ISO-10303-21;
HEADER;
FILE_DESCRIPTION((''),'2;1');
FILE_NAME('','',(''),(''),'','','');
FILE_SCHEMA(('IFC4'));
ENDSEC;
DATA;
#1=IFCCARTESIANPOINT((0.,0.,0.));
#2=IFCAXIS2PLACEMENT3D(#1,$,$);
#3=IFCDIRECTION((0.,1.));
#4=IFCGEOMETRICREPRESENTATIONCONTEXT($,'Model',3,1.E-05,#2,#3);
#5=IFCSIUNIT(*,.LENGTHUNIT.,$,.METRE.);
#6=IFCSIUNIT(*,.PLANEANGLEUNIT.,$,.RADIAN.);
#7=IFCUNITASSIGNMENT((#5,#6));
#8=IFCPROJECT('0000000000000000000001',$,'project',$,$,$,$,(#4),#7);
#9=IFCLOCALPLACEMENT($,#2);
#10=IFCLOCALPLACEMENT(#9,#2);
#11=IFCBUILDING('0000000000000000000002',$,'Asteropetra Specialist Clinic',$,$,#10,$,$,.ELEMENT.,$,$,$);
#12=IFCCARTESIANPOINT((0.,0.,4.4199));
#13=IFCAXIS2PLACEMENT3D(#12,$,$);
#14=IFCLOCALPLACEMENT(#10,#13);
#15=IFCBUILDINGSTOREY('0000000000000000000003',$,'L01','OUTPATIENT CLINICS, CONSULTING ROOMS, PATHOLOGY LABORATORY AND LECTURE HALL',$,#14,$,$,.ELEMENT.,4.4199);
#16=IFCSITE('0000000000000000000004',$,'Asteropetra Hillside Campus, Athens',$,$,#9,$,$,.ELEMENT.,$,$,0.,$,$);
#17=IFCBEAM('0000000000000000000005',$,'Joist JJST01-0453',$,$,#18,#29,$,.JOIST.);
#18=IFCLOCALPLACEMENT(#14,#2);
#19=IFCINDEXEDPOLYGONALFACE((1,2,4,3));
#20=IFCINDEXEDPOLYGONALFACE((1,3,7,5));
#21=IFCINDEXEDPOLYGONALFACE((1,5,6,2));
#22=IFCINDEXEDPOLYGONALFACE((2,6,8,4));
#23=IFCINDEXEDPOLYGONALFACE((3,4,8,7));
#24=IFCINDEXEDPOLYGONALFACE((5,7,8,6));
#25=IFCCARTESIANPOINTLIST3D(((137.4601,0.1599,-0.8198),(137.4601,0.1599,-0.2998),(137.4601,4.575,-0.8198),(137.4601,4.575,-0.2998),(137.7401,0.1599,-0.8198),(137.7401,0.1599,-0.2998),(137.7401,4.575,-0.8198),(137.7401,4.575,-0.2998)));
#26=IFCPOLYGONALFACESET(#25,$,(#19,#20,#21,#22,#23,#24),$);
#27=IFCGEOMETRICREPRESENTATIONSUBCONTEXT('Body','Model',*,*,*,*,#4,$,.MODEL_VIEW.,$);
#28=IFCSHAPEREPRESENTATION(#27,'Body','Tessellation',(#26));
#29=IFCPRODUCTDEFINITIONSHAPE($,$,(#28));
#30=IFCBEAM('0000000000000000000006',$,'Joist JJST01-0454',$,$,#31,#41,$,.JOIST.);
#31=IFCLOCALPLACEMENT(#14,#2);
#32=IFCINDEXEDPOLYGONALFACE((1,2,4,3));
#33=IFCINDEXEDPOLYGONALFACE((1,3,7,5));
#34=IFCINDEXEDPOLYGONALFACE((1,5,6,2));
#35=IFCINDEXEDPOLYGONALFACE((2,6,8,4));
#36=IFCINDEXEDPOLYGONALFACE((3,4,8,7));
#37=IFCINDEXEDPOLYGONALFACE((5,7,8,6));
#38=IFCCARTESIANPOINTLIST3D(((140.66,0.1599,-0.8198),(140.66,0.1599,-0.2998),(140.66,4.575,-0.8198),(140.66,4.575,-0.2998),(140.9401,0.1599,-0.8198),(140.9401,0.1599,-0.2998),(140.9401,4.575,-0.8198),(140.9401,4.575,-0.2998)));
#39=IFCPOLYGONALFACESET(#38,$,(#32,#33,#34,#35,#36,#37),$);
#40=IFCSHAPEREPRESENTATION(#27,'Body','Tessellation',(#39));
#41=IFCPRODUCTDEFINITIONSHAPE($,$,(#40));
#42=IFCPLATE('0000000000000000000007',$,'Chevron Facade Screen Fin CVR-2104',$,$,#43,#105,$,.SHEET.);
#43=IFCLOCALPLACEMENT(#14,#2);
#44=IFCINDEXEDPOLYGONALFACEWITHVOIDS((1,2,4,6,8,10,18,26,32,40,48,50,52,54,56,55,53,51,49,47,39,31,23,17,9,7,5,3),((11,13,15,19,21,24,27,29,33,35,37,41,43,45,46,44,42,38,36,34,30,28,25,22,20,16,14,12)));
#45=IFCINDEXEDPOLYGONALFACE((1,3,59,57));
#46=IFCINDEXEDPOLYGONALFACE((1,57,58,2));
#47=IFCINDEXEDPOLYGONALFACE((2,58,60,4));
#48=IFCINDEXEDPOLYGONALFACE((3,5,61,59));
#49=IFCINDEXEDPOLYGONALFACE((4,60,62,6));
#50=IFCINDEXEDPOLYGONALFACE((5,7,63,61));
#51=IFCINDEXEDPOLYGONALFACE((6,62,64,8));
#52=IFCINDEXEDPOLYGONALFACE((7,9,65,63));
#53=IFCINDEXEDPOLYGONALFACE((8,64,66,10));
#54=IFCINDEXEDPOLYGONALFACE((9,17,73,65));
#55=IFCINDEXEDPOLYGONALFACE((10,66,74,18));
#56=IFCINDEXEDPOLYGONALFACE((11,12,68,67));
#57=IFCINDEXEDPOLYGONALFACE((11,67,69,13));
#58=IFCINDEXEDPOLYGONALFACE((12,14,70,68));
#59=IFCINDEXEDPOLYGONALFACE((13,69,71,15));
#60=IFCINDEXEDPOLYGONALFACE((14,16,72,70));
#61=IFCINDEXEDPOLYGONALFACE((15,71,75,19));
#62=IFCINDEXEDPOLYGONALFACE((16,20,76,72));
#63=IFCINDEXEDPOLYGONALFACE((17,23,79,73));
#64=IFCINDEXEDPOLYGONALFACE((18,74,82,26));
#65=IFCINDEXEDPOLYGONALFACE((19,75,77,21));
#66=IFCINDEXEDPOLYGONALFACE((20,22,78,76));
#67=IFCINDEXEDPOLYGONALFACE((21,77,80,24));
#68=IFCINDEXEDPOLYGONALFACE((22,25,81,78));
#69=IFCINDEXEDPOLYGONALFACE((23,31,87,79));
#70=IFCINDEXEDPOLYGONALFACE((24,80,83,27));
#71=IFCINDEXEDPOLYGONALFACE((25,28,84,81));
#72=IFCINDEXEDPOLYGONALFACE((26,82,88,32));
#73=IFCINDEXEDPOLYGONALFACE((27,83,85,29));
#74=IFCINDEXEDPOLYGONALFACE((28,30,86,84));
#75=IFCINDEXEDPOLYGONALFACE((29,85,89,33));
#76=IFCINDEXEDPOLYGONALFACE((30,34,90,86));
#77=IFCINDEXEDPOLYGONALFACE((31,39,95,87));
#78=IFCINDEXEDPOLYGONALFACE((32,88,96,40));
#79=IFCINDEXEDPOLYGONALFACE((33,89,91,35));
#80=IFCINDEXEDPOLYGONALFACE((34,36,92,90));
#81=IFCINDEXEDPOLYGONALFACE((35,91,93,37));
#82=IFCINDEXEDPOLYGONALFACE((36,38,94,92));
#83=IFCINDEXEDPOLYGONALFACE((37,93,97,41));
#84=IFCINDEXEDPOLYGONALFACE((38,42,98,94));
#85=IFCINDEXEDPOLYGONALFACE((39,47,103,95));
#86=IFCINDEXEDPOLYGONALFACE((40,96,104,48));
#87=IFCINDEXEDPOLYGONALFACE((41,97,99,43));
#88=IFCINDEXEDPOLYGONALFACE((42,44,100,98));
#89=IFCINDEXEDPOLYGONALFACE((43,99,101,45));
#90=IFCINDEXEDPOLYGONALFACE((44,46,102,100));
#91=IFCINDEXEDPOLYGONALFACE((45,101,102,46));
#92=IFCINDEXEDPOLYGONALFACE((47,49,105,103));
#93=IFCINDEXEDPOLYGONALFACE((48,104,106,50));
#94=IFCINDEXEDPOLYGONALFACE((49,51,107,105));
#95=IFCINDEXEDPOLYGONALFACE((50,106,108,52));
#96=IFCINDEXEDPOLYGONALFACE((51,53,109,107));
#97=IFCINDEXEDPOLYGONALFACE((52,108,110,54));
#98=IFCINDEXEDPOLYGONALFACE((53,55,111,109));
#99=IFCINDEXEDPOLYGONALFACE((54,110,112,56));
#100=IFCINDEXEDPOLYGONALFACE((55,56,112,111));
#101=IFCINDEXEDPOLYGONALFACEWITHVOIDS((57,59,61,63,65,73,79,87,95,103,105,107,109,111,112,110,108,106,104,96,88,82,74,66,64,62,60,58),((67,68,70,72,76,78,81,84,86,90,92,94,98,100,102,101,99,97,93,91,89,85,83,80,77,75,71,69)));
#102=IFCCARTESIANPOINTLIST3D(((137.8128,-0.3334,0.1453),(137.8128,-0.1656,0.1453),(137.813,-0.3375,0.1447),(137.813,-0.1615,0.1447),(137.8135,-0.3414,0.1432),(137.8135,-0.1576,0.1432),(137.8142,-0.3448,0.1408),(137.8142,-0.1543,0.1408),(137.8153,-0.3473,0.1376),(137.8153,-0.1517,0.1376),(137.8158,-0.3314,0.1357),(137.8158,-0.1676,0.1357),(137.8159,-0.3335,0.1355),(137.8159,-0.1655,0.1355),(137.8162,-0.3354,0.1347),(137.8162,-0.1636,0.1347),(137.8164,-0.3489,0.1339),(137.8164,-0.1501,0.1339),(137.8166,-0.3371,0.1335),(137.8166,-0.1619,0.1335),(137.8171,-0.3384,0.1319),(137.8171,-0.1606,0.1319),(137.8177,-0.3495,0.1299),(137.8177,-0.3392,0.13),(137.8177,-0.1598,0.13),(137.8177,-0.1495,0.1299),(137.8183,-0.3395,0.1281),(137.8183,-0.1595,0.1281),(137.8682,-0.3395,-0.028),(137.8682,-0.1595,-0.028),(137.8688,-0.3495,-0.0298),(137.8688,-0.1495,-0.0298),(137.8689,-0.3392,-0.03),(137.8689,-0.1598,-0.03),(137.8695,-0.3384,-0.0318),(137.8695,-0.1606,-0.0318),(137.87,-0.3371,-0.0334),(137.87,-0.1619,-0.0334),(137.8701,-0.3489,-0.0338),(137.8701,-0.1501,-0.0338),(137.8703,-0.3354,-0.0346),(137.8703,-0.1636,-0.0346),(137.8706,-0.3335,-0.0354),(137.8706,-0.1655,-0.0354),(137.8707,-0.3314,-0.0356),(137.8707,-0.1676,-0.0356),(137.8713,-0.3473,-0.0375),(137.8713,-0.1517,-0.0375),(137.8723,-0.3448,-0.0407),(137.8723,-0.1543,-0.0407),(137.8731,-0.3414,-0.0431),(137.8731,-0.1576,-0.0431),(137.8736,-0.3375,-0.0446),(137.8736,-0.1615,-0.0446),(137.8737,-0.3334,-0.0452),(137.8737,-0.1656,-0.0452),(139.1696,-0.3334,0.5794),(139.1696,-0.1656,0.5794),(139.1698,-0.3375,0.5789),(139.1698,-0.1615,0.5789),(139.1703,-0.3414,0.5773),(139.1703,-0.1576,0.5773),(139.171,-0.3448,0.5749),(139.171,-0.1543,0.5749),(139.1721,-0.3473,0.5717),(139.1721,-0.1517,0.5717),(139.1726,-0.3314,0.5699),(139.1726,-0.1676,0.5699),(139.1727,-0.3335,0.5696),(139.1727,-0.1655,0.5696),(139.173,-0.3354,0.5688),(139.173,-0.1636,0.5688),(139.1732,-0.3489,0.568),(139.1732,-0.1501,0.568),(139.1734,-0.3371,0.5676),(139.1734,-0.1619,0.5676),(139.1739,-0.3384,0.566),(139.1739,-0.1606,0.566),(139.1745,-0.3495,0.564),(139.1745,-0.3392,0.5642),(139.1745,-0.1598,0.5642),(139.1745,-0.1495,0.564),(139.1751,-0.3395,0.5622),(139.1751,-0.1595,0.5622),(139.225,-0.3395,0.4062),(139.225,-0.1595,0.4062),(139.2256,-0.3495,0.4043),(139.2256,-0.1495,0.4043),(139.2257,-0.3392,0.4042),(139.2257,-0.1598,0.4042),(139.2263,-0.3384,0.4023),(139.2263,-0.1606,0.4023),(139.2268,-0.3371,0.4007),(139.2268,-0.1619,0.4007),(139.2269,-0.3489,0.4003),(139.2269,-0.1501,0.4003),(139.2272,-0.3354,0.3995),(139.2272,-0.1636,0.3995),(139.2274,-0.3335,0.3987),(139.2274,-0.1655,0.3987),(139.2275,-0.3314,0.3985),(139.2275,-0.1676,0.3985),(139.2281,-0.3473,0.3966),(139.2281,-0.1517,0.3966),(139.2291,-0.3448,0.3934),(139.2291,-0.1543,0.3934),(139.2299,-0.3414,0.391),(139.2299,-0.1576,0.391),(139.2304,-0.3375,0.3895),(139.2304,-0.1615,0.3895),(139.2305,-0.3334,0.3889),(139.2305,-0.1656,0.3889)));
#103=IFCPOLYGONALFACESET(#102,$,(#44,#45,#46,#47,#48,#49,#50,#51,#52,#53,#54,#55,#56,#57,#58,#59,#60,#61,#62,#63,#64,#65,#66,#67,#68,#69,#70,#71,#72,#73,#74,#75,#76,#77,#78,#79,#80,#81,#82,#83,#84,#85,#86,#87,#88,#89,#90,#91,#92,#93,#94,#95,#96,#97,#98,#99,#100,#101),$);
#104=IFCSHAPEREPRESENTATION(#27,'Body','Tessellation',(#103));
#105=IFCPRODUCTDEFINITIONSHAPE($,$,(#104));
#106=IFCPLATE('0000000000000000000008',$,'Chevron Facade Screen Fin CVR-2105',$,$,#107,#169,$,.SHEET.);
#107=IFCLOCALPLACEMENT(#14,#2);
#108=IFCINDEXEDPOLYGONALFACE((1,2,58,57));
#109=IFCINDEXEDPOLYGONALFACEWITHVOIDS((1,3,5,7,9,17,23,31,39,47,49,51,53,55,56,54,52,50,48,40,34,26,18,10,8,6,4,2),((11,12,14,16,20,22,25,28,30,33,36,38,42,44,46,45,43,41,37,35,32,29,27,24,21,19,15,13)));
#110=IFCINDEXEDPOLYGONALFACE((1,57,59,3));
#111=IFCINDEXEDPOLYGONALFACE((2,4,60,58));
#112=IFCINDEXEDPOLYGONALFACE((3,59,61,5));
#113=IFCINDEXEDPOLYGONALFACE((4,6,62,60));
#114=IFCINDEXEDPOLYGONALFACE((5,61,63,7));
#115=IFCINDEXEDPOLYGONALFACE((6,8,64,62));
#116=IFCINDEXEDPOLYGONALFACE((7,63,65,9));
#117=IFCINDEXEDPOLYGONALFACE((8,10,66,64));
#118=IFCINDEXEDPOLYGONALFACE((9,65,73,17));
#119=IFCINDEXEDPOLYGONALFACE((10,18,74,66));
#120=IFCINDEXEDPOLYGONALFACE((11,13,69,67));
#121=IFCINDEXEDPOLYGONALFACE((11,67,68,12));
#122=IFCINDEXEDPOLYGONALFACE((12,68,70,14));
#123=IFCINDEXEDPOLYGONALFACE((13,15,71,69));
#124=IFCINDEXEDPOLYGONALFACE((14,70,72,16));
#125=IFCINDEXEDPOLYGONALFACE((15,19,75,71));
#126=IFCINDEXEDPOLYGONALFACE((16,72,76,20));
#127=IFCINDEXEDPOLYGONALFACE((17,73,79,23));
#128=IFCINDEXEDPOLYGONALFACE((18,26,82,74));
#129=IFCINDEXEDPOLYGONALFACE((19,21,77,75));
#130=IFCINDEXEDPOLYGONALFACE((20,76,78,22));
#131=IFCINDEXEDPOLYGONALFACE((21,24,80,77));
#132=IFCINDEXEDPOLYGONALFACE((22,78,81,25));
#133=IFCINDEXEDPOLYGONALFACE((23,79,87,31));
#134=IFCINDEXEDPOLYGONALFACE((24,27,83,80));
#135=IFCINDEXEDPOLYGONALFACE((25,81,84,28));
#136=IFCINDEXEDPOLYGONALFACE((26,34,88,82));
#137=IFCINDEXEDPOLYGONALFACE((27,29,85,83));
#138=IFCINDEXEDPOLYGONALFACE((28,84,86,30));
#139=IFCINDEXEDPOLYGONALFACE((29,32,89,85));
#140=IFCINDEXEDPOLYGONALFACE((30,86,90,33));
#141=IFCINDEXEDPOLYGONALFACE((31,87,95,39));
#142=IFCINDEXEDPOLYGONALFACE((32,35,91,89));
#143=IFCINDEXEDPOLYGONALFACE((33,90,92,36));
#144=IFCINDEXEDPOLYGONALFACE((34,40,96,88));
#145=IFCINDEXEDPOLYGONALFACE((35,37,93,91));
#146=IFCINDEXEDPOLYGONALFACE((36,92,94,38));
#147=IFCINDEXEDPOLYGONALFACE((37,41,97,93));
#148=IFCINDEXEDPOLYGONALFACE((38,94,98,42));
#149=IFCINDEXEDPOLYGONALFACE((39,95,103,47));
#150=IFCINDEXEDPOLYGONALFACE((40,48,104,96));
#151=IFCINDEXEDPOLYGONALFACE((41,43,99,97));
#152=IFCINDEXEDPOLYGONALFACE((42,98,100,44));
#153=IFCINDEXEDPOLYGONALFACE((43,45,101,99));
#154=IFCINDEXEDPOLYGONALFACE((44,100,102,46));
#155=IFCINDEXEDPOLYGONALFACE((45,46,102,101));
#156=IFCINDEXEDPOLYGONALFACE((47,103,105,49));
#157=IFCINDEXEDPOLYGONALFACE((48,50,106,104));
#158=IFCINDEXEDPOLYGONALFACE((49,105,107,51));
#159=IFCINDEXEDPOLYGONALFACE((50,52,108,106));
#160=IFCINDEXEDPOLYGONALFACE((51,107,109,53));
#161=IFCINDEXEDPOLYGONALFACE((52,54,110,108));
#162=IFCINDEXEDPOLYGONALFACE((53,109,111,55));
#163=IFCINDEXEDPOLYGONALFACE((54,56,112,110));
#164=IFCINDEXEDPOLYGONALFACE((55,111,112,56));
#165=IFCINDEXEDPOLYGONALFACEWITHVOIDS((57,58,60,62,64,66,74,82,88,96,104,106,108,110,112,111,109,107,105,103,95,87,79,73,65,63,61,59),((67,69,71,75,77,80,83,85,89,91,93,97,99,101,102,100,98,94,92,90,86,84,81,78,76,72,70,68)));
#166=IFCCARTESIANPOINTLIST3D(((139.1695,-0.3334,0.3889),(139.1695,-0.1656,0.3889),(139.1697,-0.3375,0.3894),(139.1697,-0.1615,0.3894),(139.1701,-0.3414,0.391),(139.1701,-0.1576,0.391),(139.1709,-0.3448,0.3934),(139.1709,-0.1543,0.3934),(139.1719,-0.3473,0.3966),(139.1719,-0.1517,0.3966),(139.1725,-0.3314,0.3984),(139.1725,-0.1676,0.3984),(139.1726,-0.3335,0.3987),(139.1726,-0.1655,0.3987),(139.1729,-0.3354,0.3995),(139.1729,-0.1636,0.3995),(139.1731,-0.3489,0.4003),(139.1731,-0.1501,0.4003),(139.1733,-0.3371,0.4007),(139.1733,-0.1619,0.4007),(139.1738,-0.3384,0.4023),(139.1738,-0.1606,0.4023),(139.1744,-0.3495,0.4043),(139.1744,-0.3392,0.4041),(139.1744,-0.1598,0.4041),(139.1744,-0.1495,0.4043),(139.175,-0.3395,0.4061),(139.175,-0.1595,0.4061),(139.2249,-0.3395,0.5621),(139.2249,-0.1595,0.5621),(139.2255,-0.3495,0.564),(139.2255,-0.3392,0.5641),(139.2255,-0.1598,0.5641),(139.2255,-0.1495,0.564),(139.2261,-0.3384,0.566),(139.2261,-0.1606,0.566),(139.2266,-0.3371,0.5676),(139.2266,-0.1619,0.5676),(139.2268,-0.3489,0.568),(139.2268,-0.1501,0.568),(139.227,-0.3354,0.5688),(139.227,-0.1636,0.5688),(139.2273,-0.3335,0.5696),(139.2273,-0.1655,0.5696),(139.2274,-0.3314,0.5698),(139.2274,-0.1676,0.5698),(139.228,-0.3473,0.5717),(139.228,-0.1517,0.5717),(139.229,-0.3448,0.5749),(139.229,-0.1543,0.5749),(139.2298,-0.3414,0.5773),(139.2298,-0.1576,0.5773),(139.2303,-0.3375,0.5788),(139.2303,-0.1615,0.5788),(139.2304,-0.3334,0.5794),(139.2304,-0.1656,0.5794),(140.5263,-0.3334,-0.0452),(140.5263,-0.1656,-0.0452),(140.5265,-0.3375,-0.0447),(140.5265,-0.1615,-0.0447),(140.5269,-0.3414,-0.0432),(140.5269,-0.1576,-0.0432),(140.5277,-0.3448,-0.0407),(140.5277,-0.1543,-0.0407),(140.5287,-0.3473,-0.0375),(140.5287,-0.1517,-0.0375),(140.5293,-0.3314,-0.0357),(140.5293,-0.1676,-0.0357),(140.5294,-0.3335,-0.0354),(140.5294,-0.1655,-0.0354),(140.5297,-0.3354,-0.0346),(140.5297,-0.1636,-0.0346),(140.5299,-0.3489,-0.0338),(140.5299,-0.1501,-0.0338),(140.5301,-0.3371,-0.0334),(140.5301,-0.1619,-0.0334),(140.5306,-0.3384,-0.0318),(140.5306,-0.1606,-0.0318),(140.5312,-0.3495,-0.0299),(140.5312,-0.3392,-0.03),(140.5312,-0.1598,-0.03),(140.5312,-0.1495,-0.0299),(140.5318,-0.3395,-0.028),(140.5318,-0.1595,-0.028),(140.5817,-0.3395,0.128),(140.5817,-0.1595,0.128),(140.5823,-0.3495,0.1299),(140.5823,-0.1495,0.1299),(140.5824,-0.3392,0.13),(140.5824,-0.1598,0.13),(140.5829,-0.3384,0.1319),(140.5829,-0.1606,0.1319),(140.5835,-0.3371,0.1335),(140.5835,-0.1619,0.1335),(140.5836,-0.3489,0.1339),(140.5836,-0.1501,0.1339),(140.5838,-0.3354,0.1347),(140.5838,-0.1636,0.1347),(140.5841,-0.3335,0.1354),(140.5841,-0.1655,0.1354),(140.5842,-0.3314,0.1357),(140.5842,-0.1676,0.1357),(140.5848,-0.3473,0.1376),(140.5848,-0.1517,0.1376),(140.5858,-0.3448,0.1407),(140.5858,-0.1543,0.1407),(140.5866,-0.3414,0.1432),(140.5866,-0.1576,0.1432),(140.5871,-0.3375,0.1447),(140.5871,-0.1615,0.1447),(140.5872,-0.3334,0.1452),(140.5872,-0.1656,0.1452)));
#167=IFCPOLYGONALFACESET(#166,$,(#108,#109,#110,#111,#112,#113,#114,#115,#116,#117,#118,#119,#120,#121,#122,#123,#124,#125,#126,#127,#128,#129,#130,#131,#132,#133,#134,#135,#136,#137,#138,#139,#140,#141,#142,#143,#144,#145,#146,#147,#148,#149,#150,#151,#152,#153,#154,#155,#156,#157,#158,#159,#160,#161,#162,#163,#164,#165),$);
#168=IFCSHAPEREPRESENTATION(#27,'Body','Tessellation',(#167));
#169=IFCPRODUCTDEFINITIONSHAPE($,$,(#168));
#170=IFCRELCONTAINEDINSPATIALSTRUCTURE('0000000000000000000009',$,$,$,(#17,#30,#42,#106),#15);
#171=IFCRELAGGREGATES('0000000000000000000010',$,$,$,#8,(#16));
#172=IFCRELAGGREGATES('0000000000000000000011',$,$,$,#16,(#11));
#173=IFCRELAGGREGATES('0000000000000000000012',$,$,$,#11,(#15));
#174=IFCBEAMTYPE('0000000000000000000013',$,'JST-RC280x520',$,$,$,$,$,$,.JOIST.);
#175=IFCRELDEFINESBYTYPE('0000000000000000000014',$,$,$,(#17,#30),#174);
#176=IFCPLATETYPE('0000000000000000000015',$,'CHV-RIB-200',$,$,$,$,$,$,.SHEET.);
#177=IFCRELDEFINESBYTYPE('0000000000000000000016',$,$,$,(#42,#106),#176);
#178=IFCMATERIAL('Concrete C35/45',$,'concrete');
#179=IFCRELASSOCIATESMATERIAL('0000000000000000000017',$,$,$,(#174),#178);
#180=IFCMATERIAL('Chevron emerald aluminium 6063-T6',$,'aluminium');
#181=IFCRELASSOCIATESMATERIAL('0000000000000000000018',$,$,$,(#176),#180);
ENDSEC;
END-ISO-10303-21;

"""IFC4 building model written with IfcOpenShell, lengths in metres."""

from ifc_helpers import new_model, si_unit, direction, frame, origin, origin_2d, place, context, subcontext, project, spatial, rectangle, hollow_rectangle, extrude, material, material_profile, profile_set, type_object, element, save


model = new_model("IFC4")

# Units and contexts
model_context = context("Model", 3, precision=1e-05, world=origin(), true_north=direction((0.0, 1.0)))
body_context = subcontext(model_context, "Body", "Model", "MODEL_VIEW")
ifc_project = project(units=[si_unit("LENGTHUNIT", "METRE"), si_unit("PLANEANGLEUNIT", "RADIAN")], contexts=[model_context])

# Site, building, storey
site_placement = place(None, origin())
site = spatial("IfcSite", under=ifc_project, at=site_placement, Name="Asteropetra Hillside Campus, Athens", CompositionType="ELEMENT", RefElevation=0.0)
building_placement = place(site_placement, origin())
building = spatial("IfcBuilding", under=site, at=building_placement, Name="Asteropetra Specialist Clinic", CompositionType="ELEMENT")
storey_placement = place(building_placement, frame((0.0, 0.0, 4.4199)))
storey = spatial("IfcBuildingStorey", under=building, at=storey_placement, Name="L01", Description="OUTPATIENT CLINICS, CONSULTING ROOMS, PATHOLOGY LABORATORY AND LECTURE HALL", CompositionType="ELEMENT", Elevation=4.4199)

# Beams
ifc_material_1 = material(Name="Concrete C35/45", Category="concrete")
ifc_material_profile_1 = material_profile(ifc_material_1, rectangle(XDim=0.28, YDim=0.52, at=origin_2d()), Name="RCJ 280x520")
ifc_profile_set_1 = profile_set([ifc_material_profile_1], Name="Concrete C35/45")
beam_type = type_object("IfcBeamType", Name="JST-RC280x520", PredefinedType="JOIST", material=ifc_profile_set_1)
for number, where, z_axis, x_axis, name in (
    (1, (137.6001, 0.1599, -0.5598), (0.0, 1.0, 0.0), (-1.0, 0.0, 0.0), "Joist JJST01-0453"),
    (2, (140.8, 0.1599, -0.5598), (0.0, 1.0, 0.0), (-1.0, 0.0, 0.0), "Joist JJST01-0454"),
):
    element("IfcBeam", number, at=place(storey_placement, frame(where, z_axis=z_axis, x_axis=x_axis)), inside=storey, type_object=beam_type, Name=name, PredefinedType="JOIST", context=body_context, shape_type="SweptSolid", body=[
        extrude(rectangle(XDim=0.28, YDim=0.52, at=origin_2d()), origin(), (0.0, 0.0, 1.0), 4.415),
    ])

# Plates
ifc_material_2 = material(Name="Chevron emerald aluminium 6063-T6", Category="aluminium")
ifc_material_profile_2 = material_profile(ifc_material_2, hollow_rectangle(XDim=0.2, YDim=0.2, WallThickness=0.01, InnerFilletRadius=0.0081, OuterFilletRadius=0.0161, at=origin_2d()), Name="SHS 200x200x10.0")
ifc_profile_set_2 = profile_set([ifc_material_profile_2], Name="Chevron emerald aluminium 6063-T6")
plate_type = type_object("IfcPlateType", Name="CHV-RIB-200", PredefinedType="SHEET", material=ifc_profile_set_2)
for number, where, z_axis, x_axis, name in (
    (3, (137.8433, -0.2495, 0.05), (0.952436, 0.0, 0.304738), (0.0, 1.0, 0.0), "Chevron Facade Screen Fin CVR-2104"),
    (4, (139.2, -0.2495, 0.4841), (0.952436, 0.0, -0.304738), (0.0, 1.0, 0.0), "Chevron Facade Screen Fin CVR-2105"),
):
    element("IfcPlate", number, at=place(storey_placement, frame(where, z_axis=z_axis, x_axis=x_axis)), inside=storey, type_object=plate_type, Name=name, PredefinedType="SHEET", context=body_context, shape_type="SweptSolid", body=[
        extrude(hollow_rectangle(XDim=0.2, YDim=0.2, WallThickness=0.01, InnerFilletRadius=0.0081, OuterFilletRadius=0.0161, at=origin_2d()), origin(), (0.0, 0.0, 1.0), 1.4246),
    ])

save(model, "model.ifc")
